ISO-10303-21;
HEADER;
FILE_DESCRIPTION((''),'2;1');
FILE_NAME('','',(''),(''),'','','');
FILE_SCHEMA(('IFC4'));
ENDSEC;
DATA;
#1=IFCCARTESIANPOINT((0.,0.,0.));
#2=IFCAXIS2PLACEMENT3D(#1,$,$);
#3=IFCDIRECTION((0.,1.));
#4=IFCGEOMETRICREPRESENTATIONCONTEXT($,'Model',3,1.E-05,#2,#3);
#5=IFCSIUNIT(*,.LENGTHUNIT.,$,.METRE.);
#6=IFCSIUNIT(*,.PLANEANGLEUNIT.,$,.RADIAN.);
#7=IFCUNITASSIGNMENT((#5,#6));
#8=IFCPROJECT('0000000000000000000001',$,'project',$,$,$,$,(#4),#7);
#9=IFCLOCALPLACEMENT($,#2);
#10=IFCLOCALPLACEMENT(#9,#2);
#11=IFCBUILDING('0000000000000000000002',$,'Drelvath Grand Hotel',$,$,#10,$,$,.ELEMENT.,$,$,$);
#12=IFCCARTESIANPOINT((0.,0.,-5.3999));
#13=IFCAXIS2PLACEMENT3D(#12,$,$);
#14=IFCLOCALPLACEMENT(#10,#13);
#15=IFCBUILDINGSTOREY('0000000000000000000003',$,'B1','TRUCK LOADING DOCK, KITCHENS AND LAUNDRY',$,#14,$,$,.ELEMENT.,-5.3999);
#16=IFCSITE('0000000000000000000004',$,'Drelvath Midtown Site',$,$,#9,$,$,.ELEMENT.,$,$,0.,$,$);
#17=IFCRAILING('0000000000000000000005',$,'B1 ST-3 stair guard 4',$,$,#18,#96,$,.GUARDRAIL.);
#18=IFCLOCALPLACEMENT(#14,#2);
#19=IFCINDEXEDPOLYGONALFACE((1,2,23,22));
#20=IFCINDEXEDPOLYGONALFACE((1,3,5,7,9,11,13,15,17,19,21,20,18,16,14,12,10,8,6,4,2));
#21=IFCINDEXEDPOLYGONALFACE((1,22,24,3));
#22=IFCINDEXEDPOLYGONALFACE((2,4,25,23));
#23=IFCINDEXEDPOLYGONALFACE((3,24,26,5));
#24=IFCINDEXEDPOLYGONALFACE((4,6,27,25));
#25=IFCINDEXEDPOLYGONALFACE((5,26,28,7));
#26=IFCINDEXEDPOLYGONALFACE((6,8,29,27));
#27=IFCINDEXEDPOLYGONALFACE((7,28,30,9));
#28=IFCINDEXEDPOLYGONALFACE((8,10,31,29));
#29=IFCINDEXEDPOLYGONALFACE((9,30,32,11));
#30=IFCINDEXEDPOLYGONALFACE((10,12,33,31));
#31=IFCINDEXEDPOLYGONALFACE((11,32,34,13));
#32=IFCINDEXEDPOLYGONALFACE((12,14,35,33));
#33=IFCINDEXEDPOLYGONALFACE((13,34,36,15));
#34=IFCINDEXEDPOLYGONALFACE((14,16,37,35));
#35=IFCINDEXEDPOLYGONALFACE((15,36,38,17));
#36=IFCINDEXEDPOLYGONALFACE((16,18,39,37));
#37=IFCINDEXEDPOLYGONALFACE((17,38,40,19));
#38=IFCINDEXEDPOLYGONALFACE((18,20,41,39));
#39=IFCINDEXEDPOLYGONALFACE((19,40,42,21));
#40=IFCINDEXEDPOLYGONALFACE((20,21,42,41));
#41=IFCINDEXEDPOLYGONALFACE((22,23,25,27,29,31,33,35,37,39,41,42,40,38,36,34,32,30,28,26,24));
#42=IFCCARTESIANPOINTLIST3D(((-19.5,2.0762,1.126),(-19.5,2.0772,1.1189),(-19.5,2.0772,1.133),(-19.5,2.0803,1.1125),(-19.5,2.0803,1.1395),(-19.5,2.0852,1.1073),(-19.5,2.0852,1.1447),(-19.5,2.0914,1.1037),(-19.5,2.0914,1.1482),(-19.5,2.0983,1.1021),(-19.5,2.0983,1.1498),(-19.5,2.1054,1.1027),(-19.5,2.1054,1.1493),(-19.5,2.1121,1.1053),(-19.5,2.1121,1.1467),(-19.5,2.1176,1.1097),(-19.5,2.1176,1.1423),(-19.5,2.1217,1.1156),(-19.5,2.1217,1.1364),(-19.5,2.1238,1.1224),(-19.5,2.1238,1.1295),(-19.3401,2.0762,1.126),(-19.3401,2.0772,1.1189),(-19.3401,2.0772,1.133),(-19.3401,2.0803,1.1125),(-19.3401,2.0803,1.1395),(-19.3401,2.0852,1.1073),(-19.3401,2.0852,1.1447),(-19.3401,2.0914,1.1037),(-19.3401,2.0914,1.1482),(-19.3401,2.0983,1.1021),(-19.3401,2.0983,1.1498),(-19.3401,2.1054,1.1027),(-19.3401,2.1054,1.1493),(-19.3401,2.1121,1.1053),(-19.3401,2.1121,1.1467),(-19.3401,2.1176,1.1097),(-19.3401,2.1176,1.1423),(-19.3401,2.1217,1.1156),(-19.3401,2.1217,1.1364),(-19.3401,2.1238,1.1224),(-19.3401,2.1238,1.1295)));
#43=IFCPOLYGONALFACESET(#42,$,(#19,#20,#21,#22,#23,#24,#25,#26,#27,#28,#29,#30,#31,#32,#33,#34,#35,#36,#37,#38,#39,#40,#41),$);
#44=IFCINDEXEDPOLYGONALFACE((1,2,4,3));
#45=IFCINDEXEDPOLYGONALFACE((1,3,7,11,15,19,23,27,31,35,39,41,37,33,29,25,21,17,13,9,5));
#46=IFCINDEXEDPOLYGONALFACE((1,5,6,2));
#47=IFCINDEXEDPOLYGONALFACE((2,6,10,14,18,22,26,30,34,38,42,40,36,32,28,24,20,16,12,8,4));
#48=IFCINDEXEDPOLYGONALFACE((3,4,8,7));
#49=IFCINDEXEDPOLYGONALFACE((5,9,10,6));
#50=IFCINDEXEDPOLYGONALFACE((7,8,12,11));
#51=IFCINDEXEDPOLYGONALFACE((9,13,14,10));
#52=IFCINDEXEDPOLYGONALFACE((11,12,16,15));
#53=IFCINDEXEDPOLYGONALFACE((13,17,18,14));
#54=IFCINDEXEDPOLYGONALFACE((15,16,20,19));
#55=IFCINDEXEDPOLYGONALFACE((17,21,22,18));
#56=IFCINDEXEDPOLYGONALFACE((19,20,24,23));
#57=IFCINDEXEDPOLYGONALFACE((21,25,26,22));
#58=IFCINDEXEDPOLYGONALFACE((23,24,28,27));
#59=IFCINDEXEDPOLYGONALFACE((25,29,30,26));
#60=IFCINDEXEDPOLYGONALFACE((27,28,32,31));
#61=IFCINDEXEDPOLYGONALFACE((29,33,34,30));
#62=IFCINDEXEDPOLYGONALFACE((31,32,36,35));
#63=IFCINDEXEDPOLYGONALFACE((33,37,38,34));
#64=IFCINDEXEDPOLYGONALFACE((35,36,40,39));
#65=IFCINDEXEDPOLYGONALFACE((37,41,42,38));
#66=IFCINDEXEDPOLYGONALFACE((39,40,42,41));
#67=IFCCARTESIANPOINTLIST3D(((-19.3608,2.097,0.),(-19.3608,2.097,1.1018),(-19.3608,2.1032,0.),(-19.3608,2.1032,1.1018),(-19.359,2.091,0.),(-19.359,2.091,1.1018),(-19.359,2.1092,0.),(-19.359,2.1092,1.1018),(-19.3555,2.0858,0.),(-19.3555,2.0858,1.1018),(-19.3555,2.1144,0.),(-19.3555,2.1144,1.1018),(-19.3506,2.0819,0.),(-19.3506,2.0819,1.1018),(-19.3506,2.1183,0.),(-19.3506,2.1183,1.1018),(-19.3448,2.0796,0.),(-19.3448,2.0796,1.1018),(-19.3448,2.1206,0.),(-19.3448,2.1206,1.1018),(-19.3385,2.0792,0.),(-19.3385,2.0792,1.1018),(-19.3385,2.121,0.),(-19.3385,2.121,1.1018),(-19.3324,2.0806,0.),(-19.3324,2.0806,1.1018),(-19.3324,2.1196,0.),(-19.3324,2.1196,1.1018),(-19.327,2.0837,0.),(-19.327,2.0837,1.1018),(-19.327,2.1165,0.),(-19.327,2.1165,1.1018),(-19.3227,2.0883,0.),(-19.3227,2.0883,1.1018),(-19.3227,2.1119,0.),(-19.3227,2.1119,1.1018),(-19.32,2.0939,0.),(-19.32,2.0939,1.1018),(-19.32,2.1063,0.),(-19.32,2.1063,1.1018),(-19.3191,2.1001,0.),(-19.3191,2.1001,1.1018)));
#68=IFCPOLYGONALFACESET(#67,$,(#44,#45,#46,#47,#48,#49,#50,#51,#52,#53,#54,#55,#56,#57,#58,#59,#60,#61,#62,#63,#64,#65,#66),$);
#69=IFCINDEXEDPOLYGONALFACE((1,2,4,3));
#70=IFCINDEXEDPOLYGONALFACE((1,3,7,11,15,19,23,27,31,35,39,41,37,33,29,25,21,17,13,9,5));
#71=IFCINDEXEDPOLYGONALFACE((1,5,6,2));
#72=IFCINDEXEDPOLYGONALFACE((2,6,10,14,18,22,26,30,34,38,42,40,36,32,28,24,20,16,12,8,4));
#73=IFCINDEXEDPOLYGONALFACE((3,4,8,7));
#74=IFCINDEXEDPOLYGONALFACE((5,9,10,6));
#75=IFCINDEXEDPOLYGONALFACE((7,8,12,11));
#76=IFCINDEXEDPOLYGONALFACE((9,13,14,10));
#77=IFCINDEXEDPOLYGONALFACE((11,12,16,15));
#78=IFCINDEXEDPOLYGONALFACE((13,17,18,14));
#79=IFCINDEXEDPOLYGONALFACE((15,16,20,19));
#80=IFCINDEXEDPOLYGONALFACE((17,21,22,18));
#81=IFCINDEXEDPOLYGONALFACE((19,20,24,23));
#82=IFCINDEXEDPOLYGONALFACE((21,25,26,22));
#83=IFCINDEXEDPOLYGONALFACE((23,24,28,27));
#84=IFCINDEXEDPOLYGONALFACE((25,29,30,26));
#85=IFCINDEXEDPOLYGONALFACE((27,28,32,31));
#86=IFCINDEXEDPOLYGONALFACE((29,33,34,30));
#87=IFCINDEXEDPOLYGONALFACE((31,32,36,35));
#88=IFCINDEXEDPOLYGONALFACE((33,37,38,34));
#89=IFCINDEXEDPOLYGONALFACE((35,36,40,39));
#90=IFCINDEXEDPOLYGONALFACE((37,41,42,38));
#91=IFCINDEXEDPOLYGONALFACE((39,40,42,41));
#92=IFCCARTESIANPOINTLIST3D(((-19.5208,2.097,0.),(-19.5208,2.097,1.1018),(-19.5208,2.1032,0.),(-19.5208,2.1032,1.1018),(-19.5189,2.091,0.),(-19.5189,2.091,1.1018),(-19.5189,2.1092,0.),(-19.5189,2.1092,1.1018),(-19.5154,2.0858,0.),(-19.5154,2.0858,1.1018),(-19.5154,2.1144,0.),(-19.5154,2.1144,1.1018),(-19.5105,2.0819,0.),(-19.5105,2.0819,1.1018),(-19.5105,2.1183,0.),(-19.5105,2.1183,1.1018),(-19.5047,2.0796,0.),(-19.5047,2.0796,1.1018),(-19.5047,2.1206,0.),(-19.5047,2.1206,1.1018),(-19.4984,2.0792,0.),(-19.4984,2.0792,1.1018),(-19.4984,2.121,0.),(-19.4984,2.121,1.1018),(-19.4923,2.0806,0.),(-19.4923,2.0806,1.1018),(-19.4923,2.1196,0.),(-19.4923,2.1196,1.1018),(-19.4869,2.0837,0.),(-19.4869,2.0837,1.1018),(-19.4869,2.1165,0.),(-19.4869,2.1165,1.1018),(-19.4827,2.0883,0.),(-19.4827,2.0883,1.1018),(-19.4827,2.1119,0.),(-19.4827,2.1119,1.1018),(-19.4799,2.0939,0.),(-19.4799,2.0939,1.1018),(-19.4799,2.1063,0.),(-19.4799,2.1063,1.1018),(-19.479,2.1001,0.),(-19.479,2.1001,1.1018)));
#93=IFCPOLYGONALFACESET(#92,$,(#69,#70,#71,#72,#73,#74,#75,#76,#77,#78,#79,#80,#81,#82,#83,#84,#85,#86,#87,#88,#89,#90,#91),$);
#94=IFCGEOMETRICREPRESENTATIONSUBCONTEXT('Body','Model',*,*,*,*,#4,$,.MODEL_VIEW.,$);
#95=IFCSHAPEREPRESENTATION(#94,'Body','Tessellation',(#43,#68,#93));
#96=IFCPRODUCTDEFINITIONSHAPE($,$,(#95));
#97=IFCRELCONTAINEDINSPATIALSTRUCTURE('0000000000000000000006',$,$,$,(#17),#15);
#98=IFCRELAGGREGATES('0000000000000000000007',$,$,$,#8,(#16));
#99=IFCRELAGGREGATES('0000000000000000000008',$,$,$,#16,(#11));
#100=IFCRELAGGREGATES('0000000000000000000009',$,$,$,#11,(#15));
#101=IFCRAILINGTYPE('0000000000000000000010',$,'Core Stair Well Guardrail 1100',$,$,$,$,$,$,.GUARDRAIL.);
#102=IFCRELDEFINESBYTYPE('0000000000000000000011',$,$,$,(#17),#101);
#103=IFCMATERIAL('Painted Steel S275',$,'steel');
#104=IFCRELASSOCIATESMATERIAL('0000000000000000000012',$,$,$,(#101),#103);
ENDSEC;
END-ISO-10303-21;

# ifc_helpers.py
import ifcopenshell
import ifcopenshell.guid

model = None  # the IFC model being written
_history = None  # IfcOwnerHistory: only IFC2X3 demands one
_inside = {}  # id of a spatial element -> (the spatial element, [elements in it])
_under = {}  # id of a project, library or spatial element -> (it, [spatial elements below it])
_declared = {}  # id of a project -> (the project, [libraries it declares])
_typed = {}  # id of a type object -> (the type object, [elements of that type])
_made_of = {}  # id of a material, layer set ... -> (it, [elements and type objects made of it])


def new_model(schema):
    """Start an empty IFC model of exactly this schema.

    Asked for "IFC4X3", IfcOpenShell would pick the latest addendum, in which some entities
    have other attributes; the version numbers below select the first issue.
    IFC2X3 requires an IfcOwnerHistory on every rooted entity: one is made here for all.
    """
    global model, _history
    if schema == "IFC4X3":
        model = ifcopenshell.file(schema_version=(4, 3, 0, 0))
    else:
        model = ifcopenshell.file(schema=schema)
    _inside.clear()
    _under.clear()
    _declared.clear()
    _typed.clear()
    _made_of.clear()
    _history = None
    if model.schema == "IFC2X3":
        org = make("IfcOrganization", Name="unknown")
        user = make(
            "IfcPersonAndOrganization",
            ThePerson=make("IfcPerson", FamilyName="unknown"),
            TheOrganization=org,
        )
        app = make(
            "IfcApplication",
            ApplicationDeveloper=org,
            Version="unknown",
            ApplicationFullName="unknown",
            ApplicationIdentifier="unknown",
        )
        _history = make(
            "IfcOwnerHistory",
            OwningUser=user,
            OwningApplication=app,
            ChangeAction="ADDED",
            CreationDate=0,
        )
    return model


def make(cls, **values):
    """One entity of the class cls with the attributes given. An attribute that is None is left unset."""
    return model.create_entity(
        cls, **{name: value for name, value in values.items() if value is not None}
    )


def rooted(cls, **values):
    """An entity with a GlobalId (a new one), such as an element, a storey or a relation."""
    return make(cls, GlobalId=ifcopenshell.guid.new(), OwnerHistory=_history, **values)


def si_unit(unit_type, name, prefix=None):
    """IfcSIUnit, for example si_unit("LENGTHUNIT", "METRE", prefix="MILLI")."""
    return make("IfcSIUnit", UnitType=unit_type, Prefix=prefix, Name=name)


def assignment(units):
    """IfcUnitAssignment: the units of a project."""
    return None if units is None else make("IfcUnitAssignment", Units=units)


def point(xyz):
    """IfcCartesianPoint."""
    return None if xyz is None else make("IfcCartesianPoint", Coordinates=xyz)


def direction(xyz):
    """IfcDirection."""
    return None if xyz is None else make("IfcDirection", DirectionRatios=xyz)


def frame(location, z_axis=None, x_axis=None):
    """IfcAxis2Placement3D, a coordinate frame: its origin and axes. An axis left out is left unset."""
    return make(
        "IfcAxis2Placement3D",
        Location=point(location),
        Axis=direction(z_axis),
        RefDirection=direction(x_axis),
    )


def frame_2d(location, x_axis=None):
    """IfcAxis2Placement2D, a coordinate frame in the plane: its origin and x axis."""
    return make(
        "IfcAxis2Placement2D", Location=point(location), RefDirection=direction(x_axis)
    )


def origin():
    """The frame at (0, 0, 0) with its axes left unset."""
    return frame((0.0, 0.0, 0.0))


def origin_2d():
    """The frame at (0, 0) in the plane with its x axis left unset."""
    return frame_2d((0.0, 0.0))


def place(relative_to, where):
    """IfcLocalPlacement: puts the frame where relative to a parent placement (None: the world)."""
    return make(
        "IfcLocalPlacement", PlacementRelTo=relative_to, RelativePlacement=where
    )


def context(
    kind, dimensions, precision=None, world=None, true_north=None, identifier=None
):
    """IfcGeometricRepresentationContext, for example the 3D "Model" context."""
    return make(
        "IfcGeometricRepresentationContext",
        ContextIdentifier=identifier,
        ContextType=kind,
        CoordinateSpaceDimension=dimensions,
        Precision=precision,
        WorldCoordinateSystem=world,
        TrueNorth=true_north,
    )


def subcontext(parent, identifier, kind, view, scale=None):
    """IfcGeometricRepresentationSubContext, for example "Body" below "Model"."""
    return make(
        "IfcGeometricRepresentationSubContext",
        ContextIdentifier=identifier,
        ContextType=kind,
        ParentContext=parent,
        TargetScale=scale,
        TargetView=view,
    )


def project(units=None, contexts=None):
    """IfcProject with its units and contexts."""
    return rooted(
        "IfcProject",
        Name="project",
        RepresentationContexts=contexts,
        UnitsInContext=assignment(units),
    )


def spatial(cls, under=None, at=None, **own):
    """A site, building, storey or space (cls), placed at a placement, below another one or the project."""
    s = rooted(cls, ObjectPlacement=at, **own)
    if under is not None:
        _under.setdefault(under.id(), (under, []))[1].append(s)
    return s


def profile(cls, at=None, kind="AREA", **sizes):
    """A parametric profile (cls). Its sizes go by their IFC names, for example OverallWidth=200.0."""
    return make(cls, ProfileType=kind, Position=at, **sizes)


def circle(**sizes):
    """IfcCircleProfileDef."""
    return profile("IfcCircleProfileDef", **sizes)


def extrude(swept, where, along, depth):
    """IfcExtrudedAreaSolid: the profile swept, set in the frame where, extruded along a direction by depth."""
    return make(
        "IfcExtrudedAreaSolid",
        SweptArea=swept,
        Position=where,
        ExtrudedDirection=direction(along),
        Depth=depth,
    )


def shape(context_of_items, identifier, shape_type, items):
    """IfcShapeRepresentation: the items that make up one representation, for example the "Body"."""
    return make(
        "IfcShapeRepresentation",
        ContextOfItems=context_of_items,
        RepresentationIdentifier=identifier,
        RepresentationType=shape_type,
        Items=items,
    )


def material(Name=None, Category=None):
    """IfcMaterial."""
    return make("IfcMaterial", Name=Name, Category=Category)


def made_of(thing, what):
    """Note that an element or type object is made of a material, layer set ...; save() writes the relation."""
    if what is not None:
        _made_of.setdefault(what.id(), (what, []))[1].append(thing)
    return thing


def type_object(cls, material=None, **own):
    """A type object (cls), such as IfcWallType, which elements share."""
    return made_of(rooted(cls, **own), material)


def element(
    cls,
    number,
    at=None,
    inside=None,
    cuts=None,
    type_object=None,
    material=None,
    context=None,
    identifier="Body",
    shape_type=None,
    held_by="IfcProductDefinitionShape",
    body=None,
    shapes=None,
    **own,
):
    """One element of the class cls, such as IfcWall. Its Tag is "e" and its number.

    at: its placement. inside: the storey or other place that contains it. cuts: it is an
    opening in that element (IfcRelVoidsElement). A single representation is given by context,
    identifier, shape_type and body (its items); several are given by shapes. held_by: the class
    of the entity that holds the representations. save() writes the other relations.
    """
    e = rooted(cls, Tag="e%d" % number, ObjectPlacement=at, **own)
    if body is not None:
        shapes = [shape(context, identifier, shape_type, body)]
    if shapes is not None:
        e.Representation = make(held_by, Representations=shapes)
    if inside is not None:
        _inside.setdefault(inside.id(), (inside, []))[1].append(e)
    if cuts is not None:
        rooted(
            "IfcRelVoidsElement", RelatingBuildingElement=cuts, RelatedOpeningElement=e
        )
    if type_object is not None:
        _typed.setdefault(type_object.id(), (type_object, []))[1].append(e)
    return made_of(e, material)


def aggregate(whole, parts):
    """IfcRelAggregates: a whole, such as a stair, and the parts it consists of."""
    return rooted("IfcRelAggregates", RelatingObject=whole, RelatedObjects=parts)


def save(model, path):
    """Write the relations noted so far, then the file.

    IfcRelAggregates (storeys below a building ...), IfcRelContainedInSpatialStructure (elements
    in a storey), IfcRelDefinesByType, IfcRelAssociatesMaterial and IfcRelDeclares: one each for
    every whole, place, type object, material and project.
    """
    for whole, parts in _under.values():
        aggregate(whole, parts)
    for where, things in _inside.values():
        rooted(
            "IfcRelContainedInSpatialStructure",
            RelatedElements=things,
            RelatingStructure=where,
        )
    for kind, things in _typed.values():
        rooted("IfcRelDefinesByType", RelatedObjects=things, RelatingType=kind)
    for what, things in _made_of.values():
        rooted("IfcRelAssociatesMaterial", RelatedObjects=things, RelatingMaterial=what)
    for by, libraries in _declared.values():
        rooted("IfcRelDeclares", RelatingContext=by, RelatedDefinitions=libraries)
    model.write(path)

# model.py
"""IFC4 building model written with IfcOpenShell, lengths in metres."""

from ifc_helpers import new_model, si_unit, direction, frame, origin, origin_2d, place, context, subcontext, project, spatial, circle, extrude, material, type_object, element, save


model = new_model("IFC4")

# Units and contexts
model_context = context("Model", 3, precision=1e-05, world=origin(), true_north=direction((0.0, 1.0)))
body_context = subcontext(model_context, "Body", "Model", "MODEL_VIEW")
ifc_project = project(units=[si_unit("LENGTHUNIT", "METRE"), si_unit("PLANEANGLEUNIT", "RADIAN")], contexts=[model_context])

# Site, building, storey
site_placement = place(None, origin())
site = spatial("IfcSite", under=ifc_project, at=site_placement, Name="Drelvath Midtown Site", CompositionType="ELEMENT", RefElevation=0.0)
building_placement = place(site_placement, origin())
building = spatial("IfcBuilding", under=site, at=building_placement, Name="Drelvath Grand Hotel", CompositionType="ELEMENT")
storey_placement = place(building_placement, frame((0.0, 0.0, -5.3999)))
storey = spatial("IfcBuildingStorey", under=building, at=storey_placement, Name="B1", Description="TRUCK LOADING DOCK, KITCHENS AND LAUNDRY", CompositionType="ELEMENT", Elevation=-5.3999)

# Shared definitions
ifc_material_1 = material(Name="Painted Steel S275", Category="steel")

# Railing
railing_type_1 = type_object("IfcRailingType", Name="Core Stair Well Guardrail 1100", PredefinedType="GUARDRAIL", material=ifc_material_1)
railing_1_placement = place(storey_placement, frame((-19.3401, 2.1001, 0.0)))
element("IfcRailing", 1, at=railing_1_placement, inside=storey, type_object=railing_type_1, Name="B1 ST-3 stair guard 4", PredefinedType="GUARDRAIL", context=body_context, shape_type="SweptSolid", body=[
    extrude(circle(Radius=0.0239, at=origin_2d()), frame((0.0, 0.0, 1.126), z_axis=(-1.0, 0.0, 0.0), x_axis=(0.0, -1.0, 0.0)), (0.0, 0.0, 1.0), 0.1599),
    extrude(circle(Radius=0.021, at=origin_2d()), origin(), (0.0, 0.0, 1.0), 1.1018),
    extrude(circle(Radius=0.021, at=origin_2d()), frame((-0.1599, 0.0, 0.0)), (0.0, 0.0, 1.0), 1.1018),
])

save(model, "model.ifc")
